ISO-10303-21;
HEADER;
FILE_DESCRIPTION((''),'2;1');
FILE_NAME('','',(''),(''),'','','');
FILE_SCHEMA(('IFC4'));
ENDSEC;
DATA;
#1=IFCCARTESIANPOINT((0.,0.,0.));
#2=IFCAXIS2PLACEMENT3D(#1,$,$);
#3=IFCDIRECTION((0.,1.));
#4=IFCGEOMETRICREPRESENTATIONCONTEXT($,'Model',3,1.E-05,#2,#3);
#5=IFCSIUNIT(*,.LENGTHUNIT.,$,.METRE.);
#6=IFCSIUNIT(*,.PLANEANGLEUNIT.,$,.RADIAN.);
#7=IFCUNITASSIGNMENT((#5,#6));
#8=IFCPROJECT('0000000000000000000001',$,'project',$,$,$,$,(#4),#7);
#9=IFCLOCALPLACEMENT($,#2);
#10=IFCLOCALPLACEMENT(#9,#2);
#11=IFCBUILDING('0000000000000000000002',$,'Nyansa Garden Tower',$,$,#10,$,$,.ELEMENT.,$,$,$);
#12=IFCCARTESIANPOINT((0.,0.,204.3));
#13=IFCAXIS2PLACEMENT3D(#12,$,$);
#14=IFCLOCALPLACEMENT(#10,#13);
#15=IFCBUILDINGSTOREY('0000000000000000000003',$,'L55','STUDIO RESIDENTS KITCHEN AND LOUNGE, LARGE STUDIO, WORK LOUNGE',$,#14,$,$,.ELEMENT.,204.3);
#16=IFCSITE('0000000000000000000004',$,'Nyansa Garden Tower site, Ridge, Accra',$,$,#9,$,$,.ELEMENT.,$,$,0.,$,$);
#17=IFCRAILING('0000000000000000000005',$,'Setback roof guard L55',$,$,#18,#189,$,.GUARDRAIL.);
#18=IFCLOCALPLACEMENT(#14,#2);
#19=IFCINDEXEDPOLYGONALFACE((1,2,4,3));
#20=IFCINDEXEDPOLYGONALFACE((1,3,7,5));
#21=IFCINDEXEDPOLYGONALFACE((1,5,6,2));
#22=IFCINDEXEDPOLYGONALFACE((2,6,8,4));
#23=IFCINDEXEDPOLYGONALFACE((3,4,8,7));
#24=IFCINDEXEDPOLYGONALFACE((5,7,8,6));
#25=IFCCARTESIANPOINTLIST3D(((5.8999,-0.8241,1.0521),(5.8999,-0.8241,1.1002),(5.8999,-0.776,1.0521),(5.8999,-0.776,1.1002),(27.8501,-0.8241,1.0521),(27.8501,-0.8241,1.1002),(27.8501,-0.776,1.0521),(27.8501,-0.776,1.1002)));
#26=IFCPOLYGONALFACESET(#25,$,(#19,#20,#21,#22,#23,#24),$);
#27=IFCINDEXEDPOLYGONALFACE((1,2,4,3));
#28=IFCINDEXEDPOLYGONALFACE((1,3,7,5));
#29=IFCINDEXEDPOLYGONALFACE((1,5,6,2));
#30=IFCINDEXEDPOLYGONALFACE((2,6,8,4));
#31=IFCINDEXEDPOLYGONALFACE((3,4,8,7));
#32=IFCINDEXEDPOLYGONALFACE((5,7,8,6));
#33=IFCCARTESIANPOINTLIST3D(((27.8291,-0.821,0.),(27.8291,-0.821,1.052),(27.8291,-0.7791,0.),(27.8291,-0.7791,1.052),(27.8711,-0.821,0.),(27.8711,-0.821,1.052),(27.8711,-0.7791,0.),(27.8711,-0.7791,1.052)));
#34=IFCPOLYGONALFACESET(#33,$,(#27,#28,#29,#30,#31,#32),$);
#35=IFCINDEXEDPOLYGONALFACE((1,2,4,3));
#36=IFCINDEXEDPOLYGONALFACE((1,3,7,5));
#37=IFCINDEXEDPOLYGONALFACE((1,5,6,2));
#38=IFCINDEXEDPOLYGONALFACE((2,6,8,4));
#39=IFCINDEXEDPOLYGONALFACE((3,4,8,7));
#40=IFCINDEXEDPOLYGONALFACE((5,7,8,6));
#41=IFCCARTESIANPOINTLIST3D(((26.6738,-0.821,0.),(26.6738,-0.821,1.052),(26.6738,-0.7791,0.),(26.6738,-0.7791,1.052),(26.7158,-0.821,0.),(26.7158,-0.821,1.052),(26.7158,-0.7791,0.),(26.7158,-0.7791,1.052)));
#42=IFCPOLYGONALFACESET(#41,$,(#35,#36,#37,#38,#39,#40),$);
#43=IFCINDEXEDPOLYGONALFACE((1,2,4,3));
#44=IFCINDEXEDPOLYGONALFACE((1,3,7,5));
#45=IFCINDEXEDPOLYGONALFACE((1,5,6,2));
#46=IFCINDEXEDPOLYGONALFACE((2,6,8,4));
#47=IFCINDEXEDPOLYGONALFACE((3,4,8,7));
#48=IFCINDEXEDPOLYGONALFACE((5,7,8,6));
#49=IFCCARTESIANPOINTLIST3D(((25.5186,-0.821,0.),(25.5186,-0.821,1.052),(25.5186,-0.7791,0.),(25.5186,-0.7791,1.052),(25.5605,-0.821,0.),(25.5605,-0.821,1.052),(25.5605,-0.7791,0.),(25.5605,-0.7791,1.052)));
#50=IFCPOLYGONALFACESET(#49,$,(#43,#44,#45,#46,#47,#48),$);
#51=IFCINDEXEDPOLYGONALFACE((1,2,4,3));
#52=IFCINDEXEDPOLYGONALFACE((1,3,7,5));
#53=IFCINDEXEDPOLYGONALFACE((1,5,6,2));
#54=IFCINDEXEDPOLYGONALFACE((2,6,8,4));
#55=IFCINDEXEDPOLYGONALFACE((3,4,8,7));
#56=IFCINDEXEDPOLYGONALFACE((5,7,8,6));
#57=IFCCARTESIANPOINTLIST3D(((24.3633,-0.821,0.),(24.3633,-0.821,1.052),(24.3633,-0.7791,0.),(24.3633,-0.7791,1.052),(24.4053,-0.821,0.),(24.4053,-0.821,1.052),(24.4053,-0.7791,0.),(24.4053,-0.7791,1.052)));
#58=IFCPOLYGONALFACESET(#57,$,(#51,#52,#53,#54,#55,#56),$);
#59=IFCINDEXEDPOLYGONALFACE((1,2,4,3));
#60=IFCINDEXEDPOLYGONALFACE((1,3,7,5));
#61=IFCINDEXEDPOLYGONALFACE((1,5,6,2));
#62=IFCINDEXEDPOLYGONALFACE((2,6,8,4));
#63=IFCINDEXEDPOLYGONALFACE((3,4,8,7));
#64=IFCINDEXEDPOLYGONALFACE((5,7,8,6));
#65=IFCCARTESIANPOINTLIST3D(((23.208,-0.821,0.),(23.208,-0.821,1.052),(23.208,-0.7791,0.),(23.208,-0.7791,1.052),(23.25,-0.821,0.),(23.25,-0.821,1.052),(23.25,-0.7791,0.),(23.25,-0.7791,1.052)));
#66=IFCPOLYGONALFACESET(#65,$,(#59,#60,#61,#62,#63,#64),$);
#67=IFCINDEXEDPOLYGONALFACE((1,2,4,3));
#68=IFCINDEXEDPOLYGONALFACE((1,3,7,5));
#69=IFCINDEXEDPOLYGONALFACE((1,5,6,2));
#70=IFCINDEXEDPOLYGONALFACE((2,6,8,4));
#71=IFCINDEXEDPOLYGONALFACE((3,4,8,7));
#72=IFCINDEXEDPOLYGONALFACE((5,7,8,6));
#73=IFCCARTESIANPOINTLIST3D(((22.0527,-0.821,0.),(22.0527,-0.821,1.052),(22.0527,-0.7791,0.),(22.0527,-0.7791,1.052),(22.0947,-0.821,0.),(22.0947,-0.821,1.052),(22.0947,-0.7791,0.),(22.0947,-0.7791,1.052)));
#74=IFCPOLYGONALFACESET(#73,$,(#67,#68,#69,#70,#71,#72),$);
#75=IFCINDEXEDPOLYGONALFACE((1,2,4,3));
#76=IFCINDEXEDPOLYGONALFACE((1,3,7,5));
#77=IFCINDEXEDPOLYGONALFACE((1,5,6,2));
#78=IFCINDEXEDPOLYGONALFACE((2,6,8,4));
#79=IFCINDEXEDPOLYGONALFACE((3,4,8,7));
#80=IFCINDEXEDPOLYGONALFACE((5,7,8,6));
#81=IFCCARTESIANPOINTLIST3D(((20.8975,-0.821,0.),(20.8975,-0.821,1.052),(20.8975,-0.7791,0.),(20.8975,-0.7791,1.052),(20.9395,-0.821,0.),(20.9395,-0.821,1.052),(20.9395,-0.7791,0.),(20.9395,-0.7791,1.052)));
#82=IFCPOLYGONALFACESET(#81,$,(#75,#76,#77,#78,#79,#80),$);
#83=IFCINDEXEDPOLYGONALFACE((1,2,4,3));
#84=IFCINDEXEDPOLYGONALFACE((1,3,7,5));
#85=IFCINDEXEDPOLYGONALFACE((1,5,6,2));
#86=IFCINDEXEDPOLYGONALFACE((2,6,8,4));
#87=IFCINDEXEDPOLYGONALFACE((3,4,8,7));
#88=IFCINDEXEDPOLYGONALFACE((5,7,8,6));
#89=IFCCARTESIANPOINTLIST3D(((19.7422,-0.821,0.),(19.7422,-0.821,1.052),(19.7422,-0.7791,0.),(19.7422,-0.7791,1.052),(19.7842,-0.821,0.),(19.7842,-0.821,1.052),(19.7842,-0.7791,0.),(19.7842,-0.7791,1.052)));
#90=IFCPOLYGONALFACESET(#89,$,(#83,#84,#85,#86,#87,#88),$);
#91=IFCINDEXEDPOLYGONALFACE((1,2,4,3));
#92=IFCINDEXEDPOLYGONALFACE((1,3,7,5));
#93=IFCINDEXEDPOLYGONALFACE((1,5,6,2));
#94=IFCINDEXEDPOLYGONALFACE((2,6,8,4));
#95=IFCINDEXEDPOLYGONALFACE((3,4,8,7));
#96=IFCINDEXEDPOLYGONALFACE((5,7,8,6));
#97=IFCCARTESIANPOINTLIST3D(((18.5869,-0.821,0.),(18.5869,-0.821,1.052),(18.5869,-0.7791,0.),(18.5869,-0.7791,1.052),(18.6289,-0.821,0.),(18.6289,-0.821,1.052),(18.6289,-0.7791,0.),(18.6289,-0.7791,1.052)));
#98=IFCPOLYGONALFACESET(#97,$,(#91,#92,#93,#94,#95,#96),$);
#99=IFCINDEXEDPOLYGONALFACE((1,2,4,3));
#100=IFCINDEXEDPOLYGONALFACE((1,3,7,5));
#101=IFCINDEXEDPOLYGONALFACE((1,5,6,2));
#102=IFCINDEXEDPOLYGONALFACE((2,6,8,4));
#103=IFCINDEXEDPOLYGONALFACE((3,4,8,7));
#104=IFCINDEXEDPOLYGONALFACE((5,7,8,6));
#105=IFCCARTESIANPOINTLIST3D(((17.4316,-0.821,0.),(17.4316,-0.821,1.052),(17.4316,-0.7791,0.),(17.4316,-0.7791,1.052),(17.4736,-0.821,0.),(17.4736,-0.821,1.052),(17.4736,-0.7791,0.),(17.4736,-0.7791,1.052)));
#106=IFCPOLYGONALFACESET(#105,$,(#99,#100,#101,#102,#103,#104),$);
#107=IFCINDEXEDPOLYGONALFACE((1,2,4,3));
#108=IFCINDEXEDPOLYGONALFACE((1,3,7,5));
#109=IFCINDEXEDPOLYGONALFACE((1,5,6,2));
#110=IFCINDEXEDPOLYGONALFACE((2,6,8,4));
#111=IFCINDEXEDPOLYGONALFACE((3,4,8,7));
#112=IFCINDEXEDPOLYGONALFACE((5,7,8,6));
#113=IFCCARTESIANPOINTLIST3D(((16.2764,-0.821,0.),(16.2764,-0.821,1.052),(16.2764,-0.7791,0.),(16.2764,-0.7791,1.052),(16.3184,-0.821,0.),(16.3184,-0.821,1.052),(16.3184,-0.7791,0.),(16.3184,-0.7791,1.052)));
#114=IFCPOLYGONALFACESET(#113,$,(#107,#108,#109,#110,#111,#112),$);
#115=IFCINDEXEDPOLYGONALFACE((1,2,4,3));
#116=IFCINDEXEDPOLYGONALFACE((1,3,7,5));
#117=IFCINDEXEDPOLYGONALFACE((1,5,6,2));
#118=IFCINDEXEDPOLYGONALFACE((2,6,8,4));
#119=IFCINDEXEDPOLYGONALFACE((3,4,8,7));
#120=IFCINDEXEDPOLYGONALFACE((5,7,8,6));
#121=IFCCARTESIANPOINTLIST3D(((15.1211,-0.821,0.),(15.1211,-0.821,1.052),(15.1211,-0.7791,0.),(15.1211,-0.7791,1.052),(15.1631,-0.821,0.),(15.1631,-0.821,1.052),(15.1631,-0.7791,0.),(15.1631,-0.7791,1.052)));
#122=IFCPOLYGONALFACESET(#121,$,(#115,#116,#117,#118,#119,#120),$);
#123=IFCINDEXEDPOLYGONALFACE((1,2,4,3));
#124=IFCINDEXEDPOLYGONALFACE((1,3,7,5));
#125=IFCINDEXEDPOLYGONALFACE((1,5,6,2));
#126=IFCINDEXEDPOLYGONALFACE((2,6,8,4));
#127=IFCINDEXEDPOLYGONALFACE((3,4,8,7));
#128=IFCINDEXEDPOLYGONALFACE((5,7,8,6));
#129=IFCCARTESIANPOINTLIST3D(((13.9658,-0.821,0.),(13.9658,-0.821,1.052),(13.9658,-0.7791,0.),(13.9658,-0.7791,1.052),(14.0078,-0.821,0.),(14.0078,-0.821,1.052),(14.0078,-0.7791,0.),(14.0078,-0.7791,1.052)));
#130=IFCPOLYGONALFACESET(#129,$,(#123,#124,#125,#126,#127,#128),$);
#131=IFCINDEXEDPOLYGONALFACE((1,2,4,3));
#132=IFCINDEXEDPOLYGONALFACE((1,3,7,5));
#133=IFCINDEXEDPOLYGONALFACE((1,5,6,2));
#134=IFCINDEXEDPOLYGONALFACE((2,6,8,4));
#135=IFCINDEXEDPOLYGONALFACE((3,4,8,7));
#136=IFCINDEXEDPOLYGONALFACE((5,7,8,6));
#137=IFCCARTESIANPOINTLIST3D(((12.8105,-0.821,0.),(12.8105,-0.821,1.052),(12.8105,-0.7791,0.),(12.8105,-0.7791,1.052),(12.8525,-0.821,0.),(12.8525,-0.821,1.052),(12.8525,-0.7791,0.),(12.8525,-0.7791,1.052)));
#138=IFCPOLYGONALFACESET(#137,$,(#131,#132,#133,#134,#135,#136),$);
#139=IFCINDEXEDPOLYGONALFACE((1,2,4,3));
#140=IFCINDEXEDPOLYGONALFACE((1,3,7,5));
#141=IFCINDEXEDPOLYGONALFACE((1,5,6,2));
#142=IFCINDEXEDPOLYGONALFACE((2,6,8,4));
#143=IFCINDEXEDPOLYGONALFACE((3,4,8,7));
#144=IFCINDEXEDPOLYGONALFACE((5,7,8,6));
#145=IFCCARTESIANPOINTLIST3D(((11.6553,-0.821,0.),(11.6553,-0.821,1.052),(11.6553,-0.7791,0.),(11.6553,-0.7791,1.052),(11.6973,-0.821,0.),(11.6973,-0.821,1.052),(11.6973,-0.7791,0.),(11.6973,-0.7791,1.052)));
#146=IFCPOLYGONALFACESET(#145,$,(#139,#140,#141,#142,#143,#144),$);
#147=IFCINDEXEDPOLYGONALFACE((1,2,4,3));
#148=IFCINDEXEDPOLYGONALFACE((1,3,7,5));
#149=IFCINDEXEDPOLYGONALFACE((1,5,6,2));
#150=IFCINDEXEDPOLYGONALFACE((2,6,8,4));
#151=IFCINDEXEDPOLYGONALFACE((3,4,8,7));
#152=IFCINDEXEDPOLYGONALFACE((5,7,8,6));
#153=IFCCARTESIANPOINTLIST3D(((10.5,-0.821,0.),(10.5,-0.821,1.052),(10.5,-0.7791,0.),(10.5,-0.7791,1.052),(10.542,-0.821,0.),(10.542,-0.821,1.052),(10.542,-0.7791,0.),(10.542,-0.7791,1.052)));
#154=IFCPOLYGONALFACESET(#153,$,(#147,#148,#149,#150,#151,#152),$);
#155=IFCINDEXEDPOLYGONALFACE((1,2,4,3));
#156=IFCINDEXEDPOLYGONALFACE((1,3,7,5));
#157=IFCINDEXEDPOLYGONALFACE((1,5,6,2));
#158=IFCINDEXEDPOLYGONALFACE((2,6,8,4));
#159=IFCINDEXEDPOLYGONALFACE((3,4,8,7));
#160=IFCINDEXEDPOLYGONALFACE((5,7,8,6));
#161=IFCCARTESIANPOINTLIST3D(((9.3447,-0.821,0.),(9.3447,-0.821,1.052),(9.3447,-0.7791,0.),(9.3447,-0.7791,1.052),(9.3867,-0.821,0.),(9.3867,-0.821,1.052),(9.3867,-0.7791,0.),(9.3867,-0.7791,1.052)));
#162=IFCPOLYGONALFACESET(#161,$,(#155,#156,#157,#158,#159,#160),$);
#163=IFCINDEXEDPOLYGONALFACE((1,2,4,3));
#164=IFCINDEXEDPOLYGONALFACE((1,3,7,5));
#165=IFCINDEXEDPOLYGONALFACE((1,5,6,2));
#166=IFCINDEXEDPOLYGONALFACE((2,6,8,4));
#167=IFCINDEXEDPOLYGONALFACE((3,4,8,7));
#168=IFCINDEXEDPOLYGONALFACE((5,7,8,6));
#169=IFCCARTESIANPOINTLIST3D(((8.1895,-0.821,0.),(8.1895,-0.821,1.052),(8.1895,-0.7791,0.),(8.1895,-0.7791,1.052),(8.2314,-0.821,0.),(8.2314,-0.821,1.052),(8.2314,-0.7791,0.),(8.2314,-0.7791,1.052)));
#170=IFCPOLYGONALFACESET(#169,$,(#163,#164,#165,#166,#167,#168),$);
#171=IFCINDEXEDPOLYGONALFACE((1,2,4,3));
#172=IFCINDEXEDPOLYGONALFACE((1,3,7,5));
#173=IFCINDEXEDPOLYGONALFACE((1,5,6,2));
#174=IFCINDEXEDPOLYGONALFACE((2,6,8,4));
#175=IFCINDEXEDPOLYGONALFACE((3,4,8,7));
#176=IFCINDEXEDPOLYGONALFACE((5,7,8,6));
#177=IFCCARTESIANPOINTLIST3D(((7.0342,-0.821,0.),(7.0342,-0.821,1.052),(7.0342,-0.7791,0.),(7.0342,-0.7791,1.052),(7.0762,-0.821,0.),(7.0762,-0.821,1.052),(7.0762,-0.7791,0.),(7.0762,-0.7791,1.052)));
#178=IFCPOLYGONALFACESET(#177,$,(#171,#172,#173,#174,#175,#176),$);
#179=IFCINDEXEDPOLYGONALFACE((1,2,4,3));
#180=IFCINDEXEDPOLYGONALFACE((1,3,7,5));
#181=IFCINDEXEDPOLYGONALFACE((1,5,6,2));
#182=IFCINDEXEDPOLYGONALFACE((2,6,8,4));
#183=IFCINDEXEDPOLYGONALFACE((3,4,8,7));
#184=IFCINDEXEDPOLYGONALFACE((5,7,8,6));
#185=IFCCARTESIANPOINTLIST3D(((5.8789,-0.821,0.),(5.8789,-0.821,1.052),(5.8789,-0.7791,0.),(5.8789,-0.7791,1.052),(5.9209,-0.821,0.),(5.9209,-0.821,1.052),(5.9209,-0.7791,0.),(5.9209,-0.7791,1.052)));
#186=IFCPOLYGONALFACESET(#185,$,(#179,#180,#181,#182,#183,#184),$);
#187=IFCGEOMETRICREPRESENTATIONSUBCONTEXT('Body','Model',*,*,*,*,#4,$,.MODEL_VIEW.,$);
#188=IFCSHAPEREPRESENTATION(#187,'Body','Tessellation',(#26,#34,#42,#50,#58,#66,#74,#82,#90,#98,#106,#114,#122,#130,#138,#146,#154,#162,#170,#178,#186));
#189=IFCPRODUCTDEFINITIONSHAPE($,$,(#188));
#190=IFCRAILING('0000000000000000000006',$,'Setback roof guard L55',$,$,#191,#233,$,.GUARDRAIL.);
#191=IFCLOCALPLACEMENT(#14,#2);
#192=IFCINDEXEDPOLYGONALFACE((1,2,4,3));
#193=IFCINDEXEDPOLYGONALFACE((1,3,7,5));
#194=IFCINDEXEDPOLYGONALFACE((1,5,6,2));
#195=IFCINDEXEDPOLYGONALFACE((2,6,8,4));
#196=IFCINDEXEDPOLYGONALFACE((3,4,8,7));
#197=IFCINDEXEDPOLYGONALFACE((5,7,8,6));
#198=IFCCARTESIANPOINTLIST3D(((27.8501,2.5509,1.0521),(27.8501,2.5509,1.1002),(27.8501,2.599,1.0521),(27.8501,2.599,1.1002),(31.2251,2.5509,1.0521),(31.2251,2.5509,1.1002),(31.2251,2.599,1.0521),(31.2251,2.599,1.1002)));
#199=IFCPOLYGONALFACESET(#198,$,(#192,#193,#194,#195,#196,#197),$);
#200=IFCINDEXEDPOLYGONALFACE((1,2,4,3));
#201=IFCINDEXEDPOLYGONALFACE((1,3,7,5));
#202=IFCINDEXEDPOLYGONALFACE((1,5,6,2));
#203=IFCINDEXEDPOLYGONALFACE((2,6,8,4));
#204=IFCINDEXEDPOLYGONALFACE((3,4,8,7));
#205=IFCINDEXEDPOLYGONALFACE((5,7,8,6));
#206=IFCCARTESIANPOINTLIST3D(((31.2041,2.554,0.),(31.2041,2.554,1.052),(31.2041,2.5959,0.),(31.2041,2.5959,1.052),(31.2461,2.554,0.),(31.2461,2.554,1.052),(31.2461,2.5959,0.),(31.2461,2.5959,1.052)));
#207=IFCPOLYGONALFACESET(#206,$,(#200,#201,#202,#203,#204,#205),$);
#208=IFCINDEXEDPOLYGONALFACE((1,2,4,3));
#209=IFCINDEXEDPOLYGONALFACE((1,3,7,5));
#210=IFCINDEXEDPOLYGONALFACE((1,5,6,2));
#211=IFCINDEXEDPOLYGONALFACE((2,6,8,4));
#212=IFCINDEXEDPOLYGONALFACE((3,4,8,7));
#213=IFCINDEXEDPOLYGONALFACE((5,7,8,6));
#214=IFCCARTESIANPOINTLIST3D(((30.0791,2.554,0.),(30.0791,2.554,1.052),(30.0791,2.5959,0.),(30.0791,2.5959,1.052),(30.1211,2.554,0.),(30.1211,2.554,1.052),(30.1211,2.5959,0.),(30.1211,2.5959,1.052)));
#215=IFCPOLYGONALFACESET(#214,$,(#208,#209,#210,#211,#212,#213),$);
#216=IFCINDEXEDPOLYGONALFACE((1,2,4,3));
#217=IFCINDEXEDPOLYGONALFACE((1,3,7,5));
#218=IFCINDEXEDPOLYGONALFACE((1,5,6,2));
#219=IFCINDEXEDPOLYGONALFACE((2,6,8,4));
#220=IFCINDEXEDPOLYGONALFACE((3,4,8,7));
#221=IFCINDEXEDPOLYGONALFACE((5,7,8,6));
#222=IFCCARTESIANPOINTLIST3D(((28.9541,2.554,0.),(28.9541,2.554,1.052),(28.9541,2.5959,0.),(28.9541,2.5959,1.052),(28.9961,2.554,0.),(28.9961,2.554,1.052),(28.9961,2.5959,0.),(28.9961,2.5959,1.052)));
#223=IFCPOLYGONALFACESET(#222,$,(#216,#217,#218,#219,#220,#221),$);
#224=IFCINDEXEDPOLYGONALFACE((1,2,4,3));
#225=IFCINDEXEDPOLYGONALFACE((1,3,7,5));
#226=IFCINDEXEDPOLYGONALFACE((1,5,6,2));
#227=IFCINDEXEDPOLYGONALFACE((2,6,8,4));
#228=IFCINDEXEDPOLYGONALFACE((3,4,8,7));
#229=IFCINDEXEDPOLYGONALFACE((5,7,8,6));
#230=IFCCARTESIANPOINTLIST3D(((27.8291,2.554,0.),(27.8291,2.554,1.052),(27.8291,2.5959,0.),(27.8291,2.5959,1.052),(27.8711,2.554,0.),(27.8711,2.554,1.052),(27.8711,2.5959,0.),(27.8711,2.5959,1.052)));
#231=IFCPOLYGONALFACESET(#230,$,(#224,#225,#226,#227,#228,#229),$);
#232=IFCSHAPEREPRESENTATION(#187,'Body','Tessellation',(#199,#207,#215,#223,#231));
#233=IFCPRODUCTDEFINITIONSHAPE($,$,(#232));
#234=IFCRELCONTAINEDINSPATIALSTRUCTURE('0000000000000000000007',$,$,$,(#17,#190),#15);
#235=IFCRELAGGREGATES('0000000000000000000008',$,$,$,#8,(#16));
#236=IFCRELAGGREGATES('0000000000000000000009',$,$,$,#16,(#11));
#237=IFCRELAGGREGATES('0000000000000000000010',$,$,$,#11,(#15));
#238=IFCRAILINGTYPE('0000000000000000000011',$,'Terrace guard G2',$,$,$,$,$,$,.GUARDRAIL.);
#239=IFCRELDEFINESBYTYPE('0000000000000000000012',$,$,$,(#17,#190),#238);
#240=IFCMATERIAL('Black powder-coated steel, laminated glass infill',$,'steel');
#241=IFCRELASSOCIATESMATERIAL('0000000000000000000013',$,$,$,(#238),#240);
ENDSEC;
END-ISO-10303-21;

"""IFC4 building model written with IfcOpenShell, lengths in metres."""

from ifc_helpers import new_model, si_unit, direction, frame, origin, origin_2d, place, context, subcontext, project, spatial, rectangle, extrude, material, type_object, element, save


model = new_model("IFC4")

# Units and contexts
model_context = context("Model", 3, precision=1e-05, world=origin(), true_north=direction((0.0, 1.0)))
body_context = subcontext(model_context, "Body", "Model", "MODEL_VIEW")
ifc_project = project(units=[si_unit("LENGTHUNIT", "METRE"), si_unit("PLANEANGLEUNIT", "RADIAN")], contexts=[model_context])

# Site, building, storey
site_placement = place(None, origin())
site = spatial("IfcSite", under=ifc_project, at=site_placement, Name="Nyansa Garden Tower site, Ridge, Accra", CompositionType="ELEMENT", RefElevation=0.0)
building_placement = place(site_placement, origin())
building = spatial("IfcBuilding", under=site, at=building_placement, Name="Nyansa Garden Tower", CompositionType="ELEMENT")
storey_placement = place(building_placement, frame((0.0, 0.0, 204.3)))
storey = spatial("IfcBuildingStorey", under=building, at=storey_placement, Name="L55", Description="STUDIO RESIDENTS KITCHEN AND LOUNGE, LARGE STUDIO, WORK LOUNGE", CompositionType="ELEMENT", Elevation=204.3)

# Railings
ifc_material_1 = material(Name="Black powder-coated steel, laminated glass infill", Category="steel")
railing_type = type_object("IfcRailingType", Name="Terrace guard G2", PredefinedType="GUARDRAIL", material=ifc_material_1)
railing_placement = place(storey_placement, frame((27.8501, -0.8, 0.0)))
element("IfcRailing", 1, at=railing_placement, inside=storey, type_object=railing_type, Name="Setback roof guard L55", PredefinedType="GUARDRAIL", context=body_context, shape_type="SweptSolid", body=[
    extrude(rectangle(XDim=0.0481, YDim=0.0481, at=origin_2d()), frame((0.0, 0.0, 1.0762), z_axis=(-1.0, 0.0, 0.0), x_axis=(0.0, -1.0, 0.0)), (0.0, 0.0, 1.0), 21.9502),
    extrude(rectangle(XDim=0.042, YDim=0.042, at=origin_2d()), origin(), (0.0, 0.0, 1.0), 1.052),
    extrude(rectangle(XDim=0.042, YDim=0.042, at=origin_2d()), frame((-1.1553, 0.0, 0.0)), (0.0, 0.0, 1.0), 1.052),
    extrude(rectangle(XDim=0.042, YDim=0.042, at=origin_2d()), frame((-2.3105, 0.0, 0.0)), (0.0, 0.0, 1.0), 1.052),
    extrude(rectangle(XDim=0.042, YDim=0.042, at=origin_2d()), frame((-3.4658, 0.0, 0.0)), (0.0, 0.0, 1.0), 1.052),
    extrude(rectangle(XDim=0.042, YDim=0.042, at=origin_2d()), frame((-4.6211, 0.0, 0.0)), (0.0, 0.0, 1.0), 1.052),
    extrude(rectangle(XDim=0.042, YDim=0.042, at=origin_2d()), frame((-5.7764, 0.0, 0.0)), (0.0, 0.0, 1.0), 1.052),
    extrude(rectangle(XDim=0.042, YDim=0.042, at=origin_2d()), frame((-6.9316, 0.0, 0.0)), (0.0, 0.0, 1.0), 1.052),
    extrude(rectangle(XDim=0.042, YDim=0.042, at=origin_2d()), frame((-8.0869, 0.0, 0.0)), (0.0, 0.0, 1.0), 1.052),
    extrude(rectangle(XDim=0.042, YDim=0.042, at=origin_2d()), frame((-9.2422, 0.0, 0.0)), (0.0, 0.0, 1.0), 1.052),
    extrude(rectangle(XDim=0.042, YDim=0.042, at=origin_2d()), frame((-10.3975, 0.0, 0.0)), (0.0, 0.0, 1.0), 1.052),
    extrude(rectangle(XDim=0.042, YDim=0.042, at=origin_2d()), frame((-11.5527, 0.0, 0.0)), (0.0, 0.0, 1.0), 1.052),
    extrude(rectangle(XDim=0.042, YDim=0.042, at=origin_2d()), frame((-12.708, 0.0, 0.0)), (0.0, 0.0, 1.0), 1.052),
    extrude(rectangle(XDim=0.042, YDim=0.042, at=origin_2d()), frame((-13.8633, 0.0, 0.0)), (0.0, 0.0, 1.0), 1.052),
    extrude(rectangle(XDim=0.042, YDim=0.042, at=origin_2d()), frame((-15.0186, 0.0, 0.0)), (0.0, 0.0, 1.0), 1.052),
    extrude(rectangle(XDim=0.042, YDim=0.042, at=origin_2d()), frame((-16.1738, 0.0, 0.0)), (0.0, 0.0, 1.0), 1.052),
    extrude(rectangle(XDim=0.042, YDim=0.042, at=origin_2d()), frame((-17.3291, 0.0, 0.0)), (0.0, 0.0, 1.0), 1.052),
    extrude(rectangle(XDim=0.042, YDim=0.042, at=origin_2d()), frame((-18.4844, 0.0, 0.0)), (0.0, 0.0, 1.0), 1.052),
    extrude(rectangle(XDim=0.042, YDim=0.042, at=origin_2d()), frame((-19.6396, 0.0, 0.0)), (0.0, 0.0, 1.0), 1.052),
    extrude(rectangle(XDim=0.042, YDim=0.042, at=origin_2d()), frame((-20.7949, 0.0, 0.0)), (0.0, 0.0, 1.0), 1.052),
    extrude(rectangle(XDim=0.042, YDim=0.042, at=origin_2d()), frame((-21.9502, 0.0, 0.0)), (0.0, 0.0, 1.0), 1.052),
])
for number, where, name in (
    (2, (31.2251, 2.575, 0.0), "Setback roof guard L55"),
):
    element("IfcRailing", number, at=place(storey_placement, frame(where)), inside=storey, type_object=railing_type, Name=name, PredefinedType="GUARDRAIL", context=body_context, shape_type="SweptSolid", body=[
        extrude(rectangle(XDim=0.0481, YDim=0.0481, at=origin_2d()), frame((0.0, 0.0, 1.0762), z_axis=(-1.0, 0.0, 0.0), x_axis=(0.0, -1.0, 0.0)), (0.0, 0.0, 1.0), 3.375),
        extrude(rectangle(XDim=0.042, YDim=0.042, at=origin_2d()), origin(), (0.0, 0.0, 1.0), 1.052),
        extrude(rectangle(XDim=0.042, YDim=0.042, at=origin_2d()), frame((-1.125, 0.0, 0.0)), (0.0, 0.0, 1.0), 1.052),
        extrude(rectangle(XDim=0.042, YDim=0.042, at=origin_2d()), frame((-2.25, 0.0, 0.0)), (0.0, 0.0, 1.0), 1.052),
        extrude(rectangle(XDim=0.042, YDim=0.042, at=origin_2d()), frame((-3.375, 0.0, 0.0)), (0.0, 0.0, 1.0), 1.052),
    ])

save(model, "model.ifc")
